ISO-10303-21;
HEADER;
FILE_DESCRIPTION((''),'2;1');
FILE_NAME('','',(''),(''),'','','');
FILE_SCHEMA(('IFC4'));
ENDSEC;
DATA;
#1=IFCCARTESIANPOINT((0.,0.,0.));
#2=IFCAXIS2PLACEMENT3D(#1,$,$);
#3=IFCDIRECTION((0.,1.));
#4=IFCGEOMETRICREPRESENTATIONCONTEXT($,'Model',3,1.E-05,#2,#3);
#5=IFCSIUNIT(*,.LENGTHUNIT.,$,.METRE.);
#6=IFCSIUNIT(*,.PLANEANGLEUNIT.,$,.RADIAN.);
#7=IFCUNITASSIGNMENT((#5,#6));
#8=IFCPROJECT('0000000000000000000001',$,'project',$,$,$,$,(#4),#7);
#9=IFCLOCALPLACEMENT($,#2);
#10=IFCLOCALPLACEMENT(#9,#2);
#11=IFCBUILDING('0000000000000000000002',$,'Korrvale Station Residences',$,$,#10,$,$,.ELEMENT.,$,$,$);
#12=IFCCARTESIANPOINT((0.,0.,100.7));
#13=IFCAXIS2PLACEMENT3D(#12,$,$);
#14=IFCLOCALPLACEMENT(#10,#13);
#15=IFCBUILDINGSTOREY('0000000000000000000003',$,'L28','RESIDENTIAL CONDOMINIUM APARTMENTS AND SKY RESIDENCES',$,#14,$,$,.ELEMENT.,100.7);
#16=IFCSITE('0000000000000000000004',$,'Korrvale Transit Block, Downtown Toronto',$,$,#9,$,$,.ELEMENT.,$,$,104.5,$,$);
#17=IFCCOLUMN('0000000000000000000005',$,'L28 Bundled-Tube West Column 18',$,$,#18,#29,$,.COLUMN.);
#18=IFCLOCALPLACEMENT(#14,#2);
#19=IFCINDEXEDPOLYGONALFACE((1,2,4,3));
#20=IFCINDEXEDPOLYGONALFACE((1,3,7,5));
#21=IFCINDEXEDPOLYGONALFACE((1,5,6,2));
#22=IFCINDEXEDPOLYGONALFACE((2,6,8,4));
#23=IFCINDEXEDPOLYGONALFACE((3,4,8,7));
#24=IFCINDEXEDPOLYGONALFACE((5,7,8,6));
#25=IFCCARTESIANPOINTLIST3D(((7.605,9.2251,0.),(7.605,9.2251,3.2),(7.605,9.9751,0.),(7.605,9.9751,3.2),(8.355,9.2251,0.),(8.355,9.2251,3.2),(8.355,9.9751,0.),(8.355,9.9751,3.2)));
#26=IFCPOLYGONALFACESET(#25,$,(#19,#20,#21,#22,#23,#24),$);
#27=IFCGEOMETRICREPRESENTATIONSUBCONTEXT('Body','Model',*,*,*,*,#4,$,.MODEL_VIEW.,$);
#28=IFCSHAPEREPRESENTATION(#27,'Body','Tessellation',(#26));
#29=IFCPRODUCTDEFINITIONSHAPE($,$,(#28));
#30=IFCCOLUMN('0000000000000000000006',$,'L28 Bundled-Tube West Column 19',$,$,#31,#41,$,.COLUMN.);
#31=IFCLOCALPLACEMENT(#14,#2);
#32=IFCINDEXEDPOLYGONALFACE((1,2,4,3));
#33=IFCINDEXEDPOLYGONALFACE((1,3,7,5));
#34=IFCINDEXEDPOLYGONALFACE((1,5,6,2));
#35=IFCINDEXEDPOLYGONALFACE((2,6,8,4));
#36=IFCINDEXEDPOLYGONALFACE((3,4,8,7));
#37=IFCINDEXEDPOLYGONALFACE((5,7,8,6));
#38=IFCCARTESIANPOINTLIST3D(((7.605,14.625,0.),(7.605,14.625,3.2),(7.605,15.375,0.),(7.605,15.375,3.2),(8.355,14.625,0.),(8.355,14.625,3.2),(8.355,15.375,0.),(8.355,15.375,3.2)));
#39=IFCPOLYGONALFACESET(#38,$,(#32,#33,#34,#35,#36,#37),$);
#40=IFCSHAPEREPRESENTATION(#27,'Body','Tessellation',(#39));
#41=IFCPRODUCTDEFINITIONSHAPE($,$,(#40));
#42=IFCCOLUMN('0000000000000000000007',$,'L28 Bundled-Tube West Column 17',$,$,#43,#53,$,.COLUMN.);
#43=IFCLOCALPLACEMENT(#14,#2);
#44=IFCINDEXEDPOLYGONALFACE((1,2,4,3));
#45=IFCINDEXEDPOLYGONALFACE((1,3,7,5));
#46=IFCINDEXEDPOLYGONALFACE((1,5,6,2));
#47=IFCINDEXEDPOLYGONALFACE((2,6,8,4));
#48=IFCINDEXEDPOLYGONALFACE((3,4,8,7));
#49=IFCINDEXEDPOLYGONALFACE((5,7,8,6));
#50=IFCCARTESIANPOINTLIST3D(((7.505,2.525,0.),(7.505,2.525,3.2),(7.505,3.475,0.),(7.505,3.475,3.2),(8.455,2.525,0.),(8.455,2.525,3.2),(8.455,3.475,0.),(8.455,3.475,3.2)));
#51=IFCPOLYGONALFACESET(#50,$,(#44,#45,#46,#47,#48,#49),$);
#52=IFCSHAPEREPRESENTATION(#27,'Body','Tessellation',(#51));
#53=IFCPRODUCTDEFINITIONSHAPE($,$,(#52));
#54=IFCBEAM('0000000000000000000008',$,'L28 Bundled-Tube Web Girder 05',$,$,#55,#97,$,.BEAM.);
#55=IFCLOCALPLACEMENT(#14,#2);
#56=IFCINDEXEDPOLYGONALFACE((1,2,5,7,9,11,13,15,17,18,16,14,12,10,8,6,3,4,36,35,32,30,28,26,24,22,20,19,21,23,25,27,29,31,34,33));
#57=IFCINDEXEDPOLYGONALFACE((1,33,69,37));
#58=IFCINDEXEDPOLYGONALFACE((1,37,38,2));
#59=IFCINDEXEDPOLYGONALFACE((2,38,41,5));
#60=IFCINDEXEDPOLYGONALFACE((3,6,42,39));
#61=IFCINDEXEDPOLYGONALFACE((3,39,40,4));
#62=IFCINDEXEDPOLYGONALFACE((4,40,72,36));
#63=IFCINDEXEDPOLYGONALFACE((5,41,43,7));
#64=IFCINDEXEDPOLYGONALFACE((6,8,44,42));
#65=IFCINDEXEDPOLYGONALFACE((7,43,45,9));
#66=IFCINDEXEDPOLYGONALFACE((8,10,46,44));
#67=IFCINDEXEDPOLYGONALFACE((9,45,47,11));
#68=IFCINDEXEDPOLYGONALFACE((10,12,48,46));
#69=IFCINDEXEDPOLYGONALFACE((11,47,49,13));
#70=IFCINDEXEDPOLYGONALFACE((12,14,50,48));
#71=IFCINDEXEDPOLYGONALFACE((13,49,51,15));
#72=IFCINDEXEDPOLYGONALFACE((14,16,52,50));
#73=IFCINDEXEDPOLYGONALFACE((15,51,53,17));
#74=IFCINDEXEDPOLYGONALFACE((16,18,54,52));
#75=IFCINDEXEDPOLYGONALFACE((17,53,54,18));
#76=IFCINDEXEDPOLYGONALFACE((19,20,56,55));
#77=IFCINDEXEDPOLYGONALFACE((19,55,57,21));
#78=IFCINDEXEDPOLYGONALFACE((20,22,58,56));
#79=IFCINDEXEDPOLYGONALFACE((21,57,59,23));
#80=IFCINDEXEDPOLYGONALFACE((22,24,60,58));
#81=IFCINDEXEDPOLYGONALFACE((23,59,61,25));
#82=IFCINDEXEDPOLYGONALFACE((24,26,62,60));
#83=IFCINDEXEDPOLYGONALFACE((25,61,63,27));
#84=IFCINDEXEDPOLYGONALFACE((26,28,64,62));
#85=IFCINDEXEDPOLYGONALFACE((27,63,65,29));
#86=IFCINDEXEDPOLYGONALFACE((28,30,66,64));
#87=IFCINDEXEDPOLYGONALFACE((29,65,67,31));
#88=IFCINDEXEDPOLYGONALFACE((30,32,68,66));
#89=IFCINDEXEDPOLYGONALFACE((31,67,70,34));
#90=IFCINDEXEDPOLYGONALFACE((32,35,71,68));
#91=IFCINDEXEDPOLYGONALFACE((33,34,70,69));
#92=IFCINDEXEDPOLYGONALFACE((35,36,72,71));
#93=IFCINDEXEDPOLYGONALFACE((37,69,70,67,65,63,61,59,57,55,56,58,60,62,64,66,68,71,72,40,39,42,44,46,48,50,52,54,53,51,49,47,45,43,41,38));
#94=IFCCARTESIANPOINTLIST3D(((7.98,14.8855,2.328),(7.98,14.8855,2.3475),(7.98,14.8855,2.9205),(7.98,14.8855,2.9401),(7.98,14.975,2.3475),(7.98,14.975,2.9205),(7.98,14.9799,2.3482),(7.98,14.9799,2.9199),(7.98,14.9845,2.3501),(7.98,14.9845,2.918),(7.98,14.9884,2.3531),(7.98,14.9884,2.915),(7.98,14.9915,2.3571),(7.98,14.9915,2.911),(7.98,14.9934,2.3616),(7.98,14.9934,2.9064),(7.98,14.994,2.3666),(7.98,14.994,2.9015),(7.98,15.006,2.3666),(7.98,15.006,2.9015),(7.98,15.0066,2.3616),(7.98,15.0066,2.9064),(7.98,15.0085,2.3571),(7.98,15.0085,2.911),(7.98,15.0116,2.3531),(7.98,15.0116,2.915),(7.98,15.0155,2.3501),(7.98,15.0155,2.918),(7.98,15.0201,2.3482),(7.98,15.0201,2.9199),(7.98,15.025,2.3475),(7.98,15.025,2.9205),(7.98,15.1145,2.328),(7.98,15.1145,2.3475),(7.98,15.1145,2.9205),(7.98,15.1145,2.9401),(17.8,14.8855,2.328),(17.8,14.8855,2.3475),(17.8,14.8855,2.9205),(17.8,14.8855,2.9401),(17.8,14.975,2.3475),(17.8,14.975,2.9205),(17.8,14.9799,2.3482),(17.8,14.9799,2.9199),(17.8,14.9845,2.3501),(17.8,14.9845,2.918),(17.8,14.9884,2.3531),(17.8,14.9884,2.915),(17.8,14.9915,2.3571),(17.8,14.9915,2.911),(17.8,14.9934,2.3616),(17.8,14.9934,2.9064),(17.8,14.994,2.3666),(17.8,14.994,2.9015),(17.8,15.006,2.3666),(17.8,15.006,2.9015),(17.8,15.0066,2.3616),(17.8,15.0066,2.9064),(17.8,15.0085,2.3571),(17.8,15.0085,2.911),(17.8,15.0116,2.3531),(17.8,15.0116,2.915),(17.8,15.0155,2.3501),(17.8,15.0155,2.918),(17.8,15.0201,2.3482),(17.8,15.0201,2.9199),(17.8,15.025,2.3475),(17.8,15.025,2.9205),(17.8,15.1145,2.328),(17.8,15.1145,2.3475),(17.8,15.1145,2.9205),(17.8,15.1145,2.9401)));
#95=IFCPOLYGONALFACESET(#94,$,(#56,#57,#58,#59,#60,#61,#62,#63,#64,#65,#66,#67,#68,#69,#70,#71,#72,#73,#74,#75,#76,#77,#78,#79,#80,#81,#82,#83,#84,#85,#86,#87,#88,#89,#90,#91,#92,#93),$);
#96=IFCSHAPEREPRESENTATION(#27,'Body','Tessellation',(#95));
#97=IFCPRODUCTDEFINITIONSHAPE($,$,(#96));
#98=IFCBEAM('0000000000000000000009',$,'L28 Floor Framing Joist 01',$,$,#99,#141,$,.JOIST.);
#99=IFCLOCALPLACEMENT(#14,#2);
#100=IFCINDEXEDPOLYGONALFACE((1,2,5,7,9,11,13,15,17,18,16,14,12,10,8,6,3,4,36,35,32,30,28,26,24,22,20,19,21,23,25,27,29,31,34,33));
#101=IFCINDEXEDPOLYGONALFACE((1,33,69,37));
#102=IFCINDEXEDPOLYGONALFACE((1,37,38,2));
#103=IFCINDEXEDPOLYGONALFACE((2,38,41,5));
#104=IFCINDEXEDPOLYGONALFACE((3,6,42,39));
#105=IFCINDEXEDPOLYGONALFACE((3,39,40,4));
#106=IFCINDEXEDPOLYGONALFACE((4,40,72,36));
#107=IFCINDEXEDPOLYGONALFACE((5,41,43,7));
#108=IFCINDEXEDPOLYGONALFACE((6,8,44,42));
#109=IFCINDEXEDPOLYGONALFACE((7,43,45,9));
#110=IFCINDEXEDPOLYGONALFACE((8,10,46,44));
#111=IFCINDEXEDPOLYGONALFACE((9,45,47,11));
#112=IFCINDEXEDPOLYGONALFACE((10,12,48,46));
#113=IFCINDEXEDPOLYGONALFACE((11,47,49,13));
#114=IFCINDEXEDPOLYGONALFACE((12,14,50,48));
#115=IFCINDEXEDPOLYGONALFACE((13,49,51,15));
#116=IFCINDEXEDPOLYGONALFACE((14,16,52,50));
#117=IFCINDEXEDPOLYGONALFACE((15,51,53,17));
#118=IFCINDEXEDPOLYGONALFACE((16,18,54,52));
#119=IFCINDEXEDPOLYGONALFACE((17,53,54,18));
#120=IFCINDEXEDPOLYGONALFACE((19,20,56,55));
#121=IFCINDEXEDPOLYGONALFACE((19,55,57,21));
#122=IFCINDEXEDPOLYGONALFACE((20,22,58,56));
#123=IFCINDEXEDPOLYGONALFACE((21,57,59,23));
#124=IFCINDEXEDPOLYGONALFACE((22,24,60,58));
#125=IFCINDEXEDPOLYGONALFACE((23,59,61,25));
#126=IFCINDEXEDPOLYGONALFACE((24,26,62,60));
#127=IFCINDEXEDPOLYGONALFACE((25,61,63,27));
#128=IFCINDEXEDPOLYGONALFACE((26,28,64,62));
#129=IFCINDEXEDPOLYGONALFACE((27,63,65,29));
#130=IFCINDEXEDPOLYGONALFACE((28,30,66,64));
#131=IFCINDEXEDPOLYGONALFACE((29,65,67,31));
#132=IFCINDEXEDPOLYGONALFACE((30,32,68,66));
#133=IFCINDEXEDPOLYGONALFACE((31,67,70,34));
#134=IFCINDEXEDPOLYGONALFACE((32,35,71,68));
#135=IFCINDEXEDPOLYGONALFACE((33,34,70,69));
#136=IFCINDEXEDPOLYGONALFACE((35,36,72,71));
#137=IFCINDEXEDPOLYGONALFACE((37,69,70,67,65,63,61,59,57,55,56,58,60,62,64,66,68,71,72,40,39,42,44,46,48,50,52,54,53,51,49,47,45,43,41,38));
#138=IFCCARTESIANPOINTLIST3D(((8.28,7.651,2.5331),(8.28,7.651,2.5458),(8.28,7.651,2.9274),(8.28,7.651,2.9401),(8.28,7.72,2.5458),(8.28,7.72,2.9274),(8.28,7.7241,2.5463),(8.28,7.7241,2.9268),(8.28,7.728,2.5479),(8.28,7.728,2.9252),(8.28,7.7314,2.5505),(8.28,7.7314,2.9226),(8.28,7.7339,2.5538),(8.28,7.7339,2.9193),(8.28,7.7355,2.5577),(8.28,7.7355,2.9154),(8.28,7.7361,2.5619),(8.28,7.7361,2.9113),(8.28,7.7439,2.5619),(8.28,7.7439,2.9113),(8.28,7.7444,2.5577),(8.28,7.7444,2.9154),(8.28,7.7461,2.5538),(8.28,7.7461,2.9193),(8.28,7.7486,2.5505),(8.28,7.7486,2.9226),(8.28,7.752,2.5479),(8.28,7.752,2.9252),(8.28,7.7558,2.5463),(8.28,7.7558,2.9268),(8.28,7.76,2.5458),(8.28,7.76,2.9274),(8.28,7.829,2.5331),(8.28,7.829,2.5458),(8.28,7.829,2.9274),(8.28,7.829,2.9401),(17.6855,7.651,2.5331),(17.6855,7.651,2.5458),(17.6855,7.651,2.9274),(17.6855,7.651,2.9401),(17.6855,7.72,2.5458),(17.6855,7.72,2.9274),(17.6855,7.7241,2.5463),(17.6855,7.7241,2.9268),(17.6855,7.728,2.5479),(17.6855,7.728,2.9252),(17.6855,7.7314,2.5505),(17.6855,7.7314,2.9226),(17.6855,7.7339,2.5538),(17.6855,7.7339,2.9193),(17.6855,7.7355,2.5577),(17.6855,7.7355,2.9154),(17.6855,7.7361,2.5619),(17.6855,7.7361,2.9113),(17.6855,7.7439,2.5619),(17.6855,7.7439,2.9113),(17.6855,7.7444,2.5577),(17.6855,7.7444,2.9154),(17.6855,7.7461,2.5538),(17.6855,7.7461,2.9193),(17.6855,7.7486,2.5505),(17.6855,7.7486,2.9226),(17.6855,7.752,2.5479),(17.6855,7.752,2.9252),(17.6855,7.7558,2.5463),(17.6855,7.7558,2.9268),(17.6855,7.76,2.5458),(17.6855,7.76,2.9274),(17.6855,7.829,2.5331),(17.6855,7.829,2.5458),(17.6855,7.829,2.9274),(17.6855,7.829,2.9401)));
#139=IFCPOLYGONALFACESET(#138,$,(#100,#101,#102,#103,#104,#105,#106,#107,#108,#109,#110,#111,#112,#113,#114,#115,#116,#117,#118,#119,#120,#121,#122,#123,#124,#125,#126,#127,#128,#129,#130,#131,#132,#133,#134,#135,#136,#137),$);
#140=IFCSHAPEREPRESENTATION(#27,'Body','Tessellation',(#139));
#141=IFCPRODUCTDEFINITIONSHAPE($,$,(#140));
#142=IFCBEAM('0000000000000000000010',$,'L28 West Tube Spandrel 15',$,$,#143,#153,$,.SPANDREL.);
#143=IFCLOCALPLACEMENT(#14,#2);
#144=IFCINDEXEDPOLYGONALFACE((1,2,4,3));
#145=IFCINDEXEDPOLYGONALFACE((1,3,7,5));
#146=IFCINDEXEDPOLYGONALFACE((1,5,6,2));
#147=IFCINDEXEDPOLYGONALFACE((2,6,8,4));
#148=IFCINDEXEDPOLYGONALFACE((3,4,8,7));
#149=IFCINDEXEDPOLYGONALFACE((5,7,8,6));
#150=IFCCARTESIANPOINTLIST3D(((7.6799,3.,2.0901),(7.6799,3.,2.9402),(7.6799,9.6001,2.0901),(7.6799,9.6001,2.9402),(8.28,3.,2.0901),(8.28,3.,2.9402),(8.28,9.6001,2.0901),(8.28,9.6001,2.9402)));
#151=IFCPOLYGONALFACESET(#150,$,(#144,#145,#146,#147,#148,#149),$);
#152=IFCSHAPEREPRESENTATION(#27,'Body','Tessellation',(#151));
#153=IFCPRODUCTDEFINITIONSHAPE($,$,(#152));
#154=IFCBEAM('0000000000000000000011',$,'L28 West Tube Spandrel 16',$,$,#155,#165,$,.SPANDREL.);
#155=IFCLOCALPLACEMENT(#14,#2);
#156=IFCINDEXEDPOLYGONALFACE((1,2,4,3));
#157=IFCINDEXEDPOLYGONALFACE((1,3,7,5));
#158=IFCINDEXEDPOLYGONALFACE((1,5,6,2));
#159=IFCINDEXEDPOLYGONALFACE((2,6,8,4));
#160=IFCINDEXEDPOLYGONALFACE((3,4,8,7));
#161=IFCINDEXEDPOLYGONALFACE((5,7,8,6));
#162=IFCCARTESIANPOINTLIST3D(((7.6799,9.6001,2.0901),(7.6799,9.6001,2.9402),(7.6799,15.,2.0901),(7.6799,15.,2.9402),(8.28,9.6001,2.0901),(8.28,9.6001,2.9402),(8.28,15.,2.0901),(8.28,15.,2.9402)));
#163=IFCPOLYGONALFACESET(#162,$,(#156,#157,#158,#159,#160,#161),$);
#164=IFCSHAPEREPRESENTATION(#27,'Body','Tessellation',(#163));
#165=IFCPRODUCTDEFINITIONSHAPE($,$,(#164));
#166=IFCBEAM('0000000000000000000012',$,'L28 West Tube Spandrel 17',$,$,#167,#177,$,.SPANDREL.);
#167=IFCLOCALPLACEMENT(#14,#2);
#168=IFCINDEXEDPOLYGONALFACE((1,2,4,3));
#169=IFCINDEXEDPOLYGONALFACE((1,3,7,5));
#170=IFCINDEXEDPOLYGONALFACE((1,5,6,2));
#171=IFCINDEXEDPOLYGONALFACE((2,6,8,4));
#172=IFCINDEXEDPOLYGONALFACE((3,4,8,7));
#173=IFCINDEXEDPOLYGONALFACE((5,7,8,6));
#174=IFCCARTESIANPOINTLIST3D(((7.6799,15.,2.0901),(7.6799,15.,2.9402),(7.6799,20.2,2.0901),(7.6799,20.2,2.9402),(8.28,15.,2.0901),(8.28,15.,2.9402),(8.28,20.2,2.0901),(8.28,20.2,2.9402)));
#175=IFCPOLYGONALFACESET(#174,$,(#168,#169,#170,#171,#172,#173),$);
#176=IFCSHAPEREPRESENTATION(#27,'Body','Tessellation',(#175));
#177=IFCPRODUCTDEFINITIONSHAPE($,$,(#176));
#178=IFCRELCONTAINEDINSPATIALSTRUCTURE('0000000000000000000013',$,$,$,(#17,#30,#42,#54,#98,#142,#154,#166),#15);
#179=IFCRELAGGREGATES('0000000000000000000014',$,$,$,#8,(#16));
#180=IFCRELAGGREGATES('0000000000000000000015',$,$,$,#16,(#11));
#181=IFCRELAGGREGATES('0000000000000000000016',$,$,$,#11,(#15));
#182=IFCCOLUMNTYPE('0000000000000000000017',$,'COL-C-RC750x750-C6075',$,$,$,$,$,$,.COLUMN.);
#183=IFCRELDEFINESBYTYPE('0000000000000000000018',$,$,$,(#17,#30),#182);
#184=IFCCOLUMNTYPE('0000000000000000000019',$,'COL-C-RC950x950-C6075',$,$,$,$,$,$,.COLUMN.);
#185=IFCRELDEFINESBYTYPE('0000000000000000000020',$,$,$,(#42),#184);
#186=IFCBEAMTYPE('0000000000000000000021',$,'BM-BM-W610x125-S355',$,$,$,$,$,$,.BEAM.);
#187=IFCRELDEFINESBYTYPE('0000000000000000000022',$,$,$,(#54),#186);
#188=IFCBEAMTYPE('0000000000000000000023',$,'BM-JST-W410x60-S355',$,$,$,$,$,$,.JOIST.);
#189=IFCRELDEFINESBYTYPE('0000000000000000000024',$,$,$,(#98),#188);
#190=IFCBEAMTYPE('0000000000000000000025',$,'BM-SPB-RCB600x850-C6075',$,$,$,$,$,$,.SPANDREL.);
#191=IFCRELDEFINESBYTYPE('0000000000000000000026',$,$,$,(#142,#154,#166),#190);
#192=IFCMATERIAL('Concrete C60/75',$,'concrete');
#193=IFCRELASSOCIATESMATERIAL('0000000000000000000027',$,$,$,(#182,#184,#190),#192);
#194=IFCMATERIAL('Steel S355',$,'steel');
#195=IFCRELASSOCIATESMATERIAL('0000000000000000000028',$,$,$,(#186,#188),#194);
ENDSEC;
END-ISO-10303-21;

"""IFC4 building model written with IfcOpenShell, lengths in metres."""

from ifc_helpers import new_model, si_unit, direction, frame, origin, origin_2d, place, context, subcontext, project, spatial, rectangle, i_section, extrude, material, material_profile, profile_set, type_object, element, save


model = new_model("IFC4")

# Units and contexts
model_context = context("Model", 3, precision=1e-05, world=origin(), true_north=direction((0.0, 1.0)))
body_context = subcontext(model_context, "Body", "Model", "MODEL_VIEW")
ifc_project = project(units=[si_unit("LENGTHUNIT", "METRE"), si_unit("PLANEANGLEUNIT", "RADIAN")], contexts=[model_context])

# Site, building, storey
site_placement = place(None, origin())
site = spatial("IfcSite", under=ifc_project, at=site_placement, Name="Korrvale Transit Block, Downtown Toronto", CompositionType="ELEMENT", RefElevation=104.5)
building_placement = place(site_placement, origin())
building = spatial("IfcBuilding", under=site, at=building_placement, Name="Korrvale Station Residences", CompositionType="ELEMENT")
storey_placement = place(building_placement, frame((0.0, 0.0, 100.7)))
storey = spatial("IfcBuildingStorey", under=building, at=storey_placement, Name="L28", Description="RESIDENTIAL CONDOMINIUM APARTMENTS AND SKY RESIDENCES", CompositionType="ELEMENT", Elevation=100.7)

# Columns
ifc_material_1 = material(Name="Concrete C60/75", Category="concrete")
ifc_material_profile_1 = material_profile(ifc_material_1, rectangle(XDim=0.75, YDim=0.75, at=origin_2d()), Name="RC750x750")
ifc_profile_set_1 = profile_set([ifc_material_profile_1], Name="Concrete C60/75")
column_type_1 = type_object("IfcColumnType", Name="COL-C-RC750x750-C6075", PredefinedType="COLUMN", material=ifc_profile_set_1)
for number, where, z_axis, x_axis, name in (
    (1, (7.98, 9.6001, 0.0), (0.0, 0.0, 1.0), (1.0, 0.0, 0.0), "L28 Bundled-Tube West Column 18"),
    (2, (7.98, 15.0, 0.0), (0.0, 0.0, 1.0), (1.0, 0.0, 0.0), "L28 Bundled-Tube West Column 19"),
):
    element("IfcColumn", number, at=place(storey_placement, frame(where, z_axis=z_axis, x_axis=x_axis)), inside=storey, type_object=column_type_1, Name=name, PredefinedType="COLUMN", context=body_context, shape_type="SweptSolid", body=[
        extrude(rectangle(XDim=0.75, YDim=0.75, at=origin_2d()), origin(), (0.0, 0.0, 1.0), 3.2),
    ])
ifc_material_profile_2 = material_profile(ifc_material_1, rectangle(XDim=0.95, YDim=0.95, at=origin_2d()), Name="RC950x950")
ifc_profile_set_2 = profile_set([ifc_material_profile_2], Name="Concrete C60/75")
column_type_2 = type_object("IfcColumnType", Name="COL-C-RC950x950-C6075", PredefinedType="COLUMN", material=ifc_profile_set_2)
column_placement = place(storey_placement, frame((7.98, 3.0, 0.0), z_axis=(0.0, 0.0, 1.0), x_axis=(1.0, 0.0, 0.0)))
element("IfcColumn", 3, at=column_placement, inside=storey, type_object=column_type_2, Name="L28 Bundled-Tube West Column 17", PredefinedType="COLUMN", context=body_context, shape_type="SweptSolid", body=[
    extrude(rectangle(XDim=0.95, YDim=0.95, at=origin_2d()), origin(), (0.0, 0.0, 1.0), 3.2),
])

# Beams
ifc_material_2 = material(Name="Steel S355", Category="steel")
ifc_material_profile_3 = material_profile(ifc_material_2, i_section(OverallWidth=0.229, OverallDepth=0.6121, WebThickness=0.012, FlangeThickness=0.0195, FilletRadius=0.019, at=origin_2d()), Name="W610x125")
ifc_profile_set_3 = profile_set([ifc_material_profile_3], Name="Steel S355")
beam_type_1 = type_object("IfcBeamType", Name="BM-BM-W610x125-S355", PredefinedType="BEAM", material=ifc_profile_set_3)
beam_1_placement = place(storey_placement, frame((7.98, 15.0, 2.634), z_axis=(1.0, 0.0, 0.0), x_axis=(0.0, 1.0, 0.0)))
element("IfcBeam", 4, at=beam_1_placement, inside=storey, type_object=beam_type_1, Name="L28 Bundled-Tube Web Girder 05", PredefinedType="BEAM", context=body_context, shape_type="SweptSolid", body=[
    extrude(i_section(OverallWidth=0.229, OverallDepth=0.6121, WebThickness=0.012, FlangeThickness=0.0195, FilletRadius=0.019, at=origin_2d()), origin(), (0.0, 0.0, 1.0), 9.8201),
])
ifc_material_profile_4 = material_profile(ifc_material_2, i_section(OverallWidth=0.178, OverallDepth=0.407, WebThickness=0.0078, FlangeThickness=0.0127, FilletRadius=0.0161, at=origin_2d()), Name="W410x60")
ifc_profile_set_4 = profile_set([ifc_material_profile_4], Name="Steel S355")
beam_type_2 = type_object("IfcBeamType", Name="BM-JST-W410x60-S355", PredefinedType="JOIST", material=ifc_profile_set_4)
beam_2_placement = place(storey_placement, frame((8.28, 7.74, 2.7366), z_axis=(1.0, 0.0, 0.0), x_axis=(0.0, 1.0, 0.0)))
element("IfcBeam", 5, at=beam_2_placement, inside=storey, type_object=beam_type_2, Name="L28 Floor Framing Joist 01", PredefinedType="JOIST", context=body_context, shape_type="SweptSolid", body=[
    extrude(i_section(OverallWidth=0.178, OverallDepth=0.407, WebThickness=0.0078, FlangeThickness=0.0127, FilletRadius=0.0161, at=origin_2d()), origin(), (0.0, 0.0, 1.0), 9.4055),
])
ifc_material_profile_5 = material_profile(ifc_material_1, rectangle(XDim=0.6001, YDim=0.8501, at=origin_2d()), Name="RCB600x850")
ifc_profile_set_5 = profile_set([ifc_material_profile_5], Name="Concrete C60/75")
beam_type_3 = type_object("IfcBeamType", Name="BM-SPB-RCB600x850-C6075", PredefinedType="SPANDREL", material=ifc_profile_set_5)
beam_3_placement = place(storey_placement, frame((7.98, 3.0, 2.5151), z_axis=(0.0, 1.0, 0.0), x_axis=(-1.0, 0.0, 0.0)))
element("IfcBeam", 6, at=beam_3_placement, inside=storey, type_object=beam_type_3, Name="L28 West Tube Spandrel 15", PredefinedType="SPANDREL", context=body_context, shape_type="SweptSolid", body=[
    extrude(rectangle(XDim=0.6001, YDim=0.8501, at=origin_2d()), origin(), (0.0, 0.0, 1.0), 6.6001),
])
beam_4_placement = place(storey_placement, frame((7.98, 9.6001, 2.5151), z_axis=(0.0, 1.0, 0.0), x_axis=(-1.0, 0.0, 0.0)))
element("IfcBeam", 7, at=beam_4_placement, inside=storey, type_object=beam_type_3, Name="L28 West Tube Spandrel 16", PredefinedType="SPANDREL", context=body_context, shape_type="SweptSolid", body=[
    extrude(rectangle(XDim=0.6001, YDim=0.8501, at=origin_2d()), origin(), (0.0, 0.0, 1.0), 5.3999),
])
beam_5_placement = place(storey_placement, frame((7.98, 15.0, 2.5151), z_axis=(0.0, 1.0, 0.0), x_axis=(-1.0, 0.0, 0.0)))
element("IfcBeam", 8, at=beam_5_placement, inside=storey, type_object=beam_type_3, Name="L28 West Tube Spandrel 17", PredefinedType="SPANDREL", context=body_context, shape_type="SweptSolid", body=[
    extrude(rectangle(XDim=0.6001, YDim=0.8501, at=origin_2d()), origin(), (0.0, 0.0, 1.0), 5.2),
])

save(model, "model.ifc")
